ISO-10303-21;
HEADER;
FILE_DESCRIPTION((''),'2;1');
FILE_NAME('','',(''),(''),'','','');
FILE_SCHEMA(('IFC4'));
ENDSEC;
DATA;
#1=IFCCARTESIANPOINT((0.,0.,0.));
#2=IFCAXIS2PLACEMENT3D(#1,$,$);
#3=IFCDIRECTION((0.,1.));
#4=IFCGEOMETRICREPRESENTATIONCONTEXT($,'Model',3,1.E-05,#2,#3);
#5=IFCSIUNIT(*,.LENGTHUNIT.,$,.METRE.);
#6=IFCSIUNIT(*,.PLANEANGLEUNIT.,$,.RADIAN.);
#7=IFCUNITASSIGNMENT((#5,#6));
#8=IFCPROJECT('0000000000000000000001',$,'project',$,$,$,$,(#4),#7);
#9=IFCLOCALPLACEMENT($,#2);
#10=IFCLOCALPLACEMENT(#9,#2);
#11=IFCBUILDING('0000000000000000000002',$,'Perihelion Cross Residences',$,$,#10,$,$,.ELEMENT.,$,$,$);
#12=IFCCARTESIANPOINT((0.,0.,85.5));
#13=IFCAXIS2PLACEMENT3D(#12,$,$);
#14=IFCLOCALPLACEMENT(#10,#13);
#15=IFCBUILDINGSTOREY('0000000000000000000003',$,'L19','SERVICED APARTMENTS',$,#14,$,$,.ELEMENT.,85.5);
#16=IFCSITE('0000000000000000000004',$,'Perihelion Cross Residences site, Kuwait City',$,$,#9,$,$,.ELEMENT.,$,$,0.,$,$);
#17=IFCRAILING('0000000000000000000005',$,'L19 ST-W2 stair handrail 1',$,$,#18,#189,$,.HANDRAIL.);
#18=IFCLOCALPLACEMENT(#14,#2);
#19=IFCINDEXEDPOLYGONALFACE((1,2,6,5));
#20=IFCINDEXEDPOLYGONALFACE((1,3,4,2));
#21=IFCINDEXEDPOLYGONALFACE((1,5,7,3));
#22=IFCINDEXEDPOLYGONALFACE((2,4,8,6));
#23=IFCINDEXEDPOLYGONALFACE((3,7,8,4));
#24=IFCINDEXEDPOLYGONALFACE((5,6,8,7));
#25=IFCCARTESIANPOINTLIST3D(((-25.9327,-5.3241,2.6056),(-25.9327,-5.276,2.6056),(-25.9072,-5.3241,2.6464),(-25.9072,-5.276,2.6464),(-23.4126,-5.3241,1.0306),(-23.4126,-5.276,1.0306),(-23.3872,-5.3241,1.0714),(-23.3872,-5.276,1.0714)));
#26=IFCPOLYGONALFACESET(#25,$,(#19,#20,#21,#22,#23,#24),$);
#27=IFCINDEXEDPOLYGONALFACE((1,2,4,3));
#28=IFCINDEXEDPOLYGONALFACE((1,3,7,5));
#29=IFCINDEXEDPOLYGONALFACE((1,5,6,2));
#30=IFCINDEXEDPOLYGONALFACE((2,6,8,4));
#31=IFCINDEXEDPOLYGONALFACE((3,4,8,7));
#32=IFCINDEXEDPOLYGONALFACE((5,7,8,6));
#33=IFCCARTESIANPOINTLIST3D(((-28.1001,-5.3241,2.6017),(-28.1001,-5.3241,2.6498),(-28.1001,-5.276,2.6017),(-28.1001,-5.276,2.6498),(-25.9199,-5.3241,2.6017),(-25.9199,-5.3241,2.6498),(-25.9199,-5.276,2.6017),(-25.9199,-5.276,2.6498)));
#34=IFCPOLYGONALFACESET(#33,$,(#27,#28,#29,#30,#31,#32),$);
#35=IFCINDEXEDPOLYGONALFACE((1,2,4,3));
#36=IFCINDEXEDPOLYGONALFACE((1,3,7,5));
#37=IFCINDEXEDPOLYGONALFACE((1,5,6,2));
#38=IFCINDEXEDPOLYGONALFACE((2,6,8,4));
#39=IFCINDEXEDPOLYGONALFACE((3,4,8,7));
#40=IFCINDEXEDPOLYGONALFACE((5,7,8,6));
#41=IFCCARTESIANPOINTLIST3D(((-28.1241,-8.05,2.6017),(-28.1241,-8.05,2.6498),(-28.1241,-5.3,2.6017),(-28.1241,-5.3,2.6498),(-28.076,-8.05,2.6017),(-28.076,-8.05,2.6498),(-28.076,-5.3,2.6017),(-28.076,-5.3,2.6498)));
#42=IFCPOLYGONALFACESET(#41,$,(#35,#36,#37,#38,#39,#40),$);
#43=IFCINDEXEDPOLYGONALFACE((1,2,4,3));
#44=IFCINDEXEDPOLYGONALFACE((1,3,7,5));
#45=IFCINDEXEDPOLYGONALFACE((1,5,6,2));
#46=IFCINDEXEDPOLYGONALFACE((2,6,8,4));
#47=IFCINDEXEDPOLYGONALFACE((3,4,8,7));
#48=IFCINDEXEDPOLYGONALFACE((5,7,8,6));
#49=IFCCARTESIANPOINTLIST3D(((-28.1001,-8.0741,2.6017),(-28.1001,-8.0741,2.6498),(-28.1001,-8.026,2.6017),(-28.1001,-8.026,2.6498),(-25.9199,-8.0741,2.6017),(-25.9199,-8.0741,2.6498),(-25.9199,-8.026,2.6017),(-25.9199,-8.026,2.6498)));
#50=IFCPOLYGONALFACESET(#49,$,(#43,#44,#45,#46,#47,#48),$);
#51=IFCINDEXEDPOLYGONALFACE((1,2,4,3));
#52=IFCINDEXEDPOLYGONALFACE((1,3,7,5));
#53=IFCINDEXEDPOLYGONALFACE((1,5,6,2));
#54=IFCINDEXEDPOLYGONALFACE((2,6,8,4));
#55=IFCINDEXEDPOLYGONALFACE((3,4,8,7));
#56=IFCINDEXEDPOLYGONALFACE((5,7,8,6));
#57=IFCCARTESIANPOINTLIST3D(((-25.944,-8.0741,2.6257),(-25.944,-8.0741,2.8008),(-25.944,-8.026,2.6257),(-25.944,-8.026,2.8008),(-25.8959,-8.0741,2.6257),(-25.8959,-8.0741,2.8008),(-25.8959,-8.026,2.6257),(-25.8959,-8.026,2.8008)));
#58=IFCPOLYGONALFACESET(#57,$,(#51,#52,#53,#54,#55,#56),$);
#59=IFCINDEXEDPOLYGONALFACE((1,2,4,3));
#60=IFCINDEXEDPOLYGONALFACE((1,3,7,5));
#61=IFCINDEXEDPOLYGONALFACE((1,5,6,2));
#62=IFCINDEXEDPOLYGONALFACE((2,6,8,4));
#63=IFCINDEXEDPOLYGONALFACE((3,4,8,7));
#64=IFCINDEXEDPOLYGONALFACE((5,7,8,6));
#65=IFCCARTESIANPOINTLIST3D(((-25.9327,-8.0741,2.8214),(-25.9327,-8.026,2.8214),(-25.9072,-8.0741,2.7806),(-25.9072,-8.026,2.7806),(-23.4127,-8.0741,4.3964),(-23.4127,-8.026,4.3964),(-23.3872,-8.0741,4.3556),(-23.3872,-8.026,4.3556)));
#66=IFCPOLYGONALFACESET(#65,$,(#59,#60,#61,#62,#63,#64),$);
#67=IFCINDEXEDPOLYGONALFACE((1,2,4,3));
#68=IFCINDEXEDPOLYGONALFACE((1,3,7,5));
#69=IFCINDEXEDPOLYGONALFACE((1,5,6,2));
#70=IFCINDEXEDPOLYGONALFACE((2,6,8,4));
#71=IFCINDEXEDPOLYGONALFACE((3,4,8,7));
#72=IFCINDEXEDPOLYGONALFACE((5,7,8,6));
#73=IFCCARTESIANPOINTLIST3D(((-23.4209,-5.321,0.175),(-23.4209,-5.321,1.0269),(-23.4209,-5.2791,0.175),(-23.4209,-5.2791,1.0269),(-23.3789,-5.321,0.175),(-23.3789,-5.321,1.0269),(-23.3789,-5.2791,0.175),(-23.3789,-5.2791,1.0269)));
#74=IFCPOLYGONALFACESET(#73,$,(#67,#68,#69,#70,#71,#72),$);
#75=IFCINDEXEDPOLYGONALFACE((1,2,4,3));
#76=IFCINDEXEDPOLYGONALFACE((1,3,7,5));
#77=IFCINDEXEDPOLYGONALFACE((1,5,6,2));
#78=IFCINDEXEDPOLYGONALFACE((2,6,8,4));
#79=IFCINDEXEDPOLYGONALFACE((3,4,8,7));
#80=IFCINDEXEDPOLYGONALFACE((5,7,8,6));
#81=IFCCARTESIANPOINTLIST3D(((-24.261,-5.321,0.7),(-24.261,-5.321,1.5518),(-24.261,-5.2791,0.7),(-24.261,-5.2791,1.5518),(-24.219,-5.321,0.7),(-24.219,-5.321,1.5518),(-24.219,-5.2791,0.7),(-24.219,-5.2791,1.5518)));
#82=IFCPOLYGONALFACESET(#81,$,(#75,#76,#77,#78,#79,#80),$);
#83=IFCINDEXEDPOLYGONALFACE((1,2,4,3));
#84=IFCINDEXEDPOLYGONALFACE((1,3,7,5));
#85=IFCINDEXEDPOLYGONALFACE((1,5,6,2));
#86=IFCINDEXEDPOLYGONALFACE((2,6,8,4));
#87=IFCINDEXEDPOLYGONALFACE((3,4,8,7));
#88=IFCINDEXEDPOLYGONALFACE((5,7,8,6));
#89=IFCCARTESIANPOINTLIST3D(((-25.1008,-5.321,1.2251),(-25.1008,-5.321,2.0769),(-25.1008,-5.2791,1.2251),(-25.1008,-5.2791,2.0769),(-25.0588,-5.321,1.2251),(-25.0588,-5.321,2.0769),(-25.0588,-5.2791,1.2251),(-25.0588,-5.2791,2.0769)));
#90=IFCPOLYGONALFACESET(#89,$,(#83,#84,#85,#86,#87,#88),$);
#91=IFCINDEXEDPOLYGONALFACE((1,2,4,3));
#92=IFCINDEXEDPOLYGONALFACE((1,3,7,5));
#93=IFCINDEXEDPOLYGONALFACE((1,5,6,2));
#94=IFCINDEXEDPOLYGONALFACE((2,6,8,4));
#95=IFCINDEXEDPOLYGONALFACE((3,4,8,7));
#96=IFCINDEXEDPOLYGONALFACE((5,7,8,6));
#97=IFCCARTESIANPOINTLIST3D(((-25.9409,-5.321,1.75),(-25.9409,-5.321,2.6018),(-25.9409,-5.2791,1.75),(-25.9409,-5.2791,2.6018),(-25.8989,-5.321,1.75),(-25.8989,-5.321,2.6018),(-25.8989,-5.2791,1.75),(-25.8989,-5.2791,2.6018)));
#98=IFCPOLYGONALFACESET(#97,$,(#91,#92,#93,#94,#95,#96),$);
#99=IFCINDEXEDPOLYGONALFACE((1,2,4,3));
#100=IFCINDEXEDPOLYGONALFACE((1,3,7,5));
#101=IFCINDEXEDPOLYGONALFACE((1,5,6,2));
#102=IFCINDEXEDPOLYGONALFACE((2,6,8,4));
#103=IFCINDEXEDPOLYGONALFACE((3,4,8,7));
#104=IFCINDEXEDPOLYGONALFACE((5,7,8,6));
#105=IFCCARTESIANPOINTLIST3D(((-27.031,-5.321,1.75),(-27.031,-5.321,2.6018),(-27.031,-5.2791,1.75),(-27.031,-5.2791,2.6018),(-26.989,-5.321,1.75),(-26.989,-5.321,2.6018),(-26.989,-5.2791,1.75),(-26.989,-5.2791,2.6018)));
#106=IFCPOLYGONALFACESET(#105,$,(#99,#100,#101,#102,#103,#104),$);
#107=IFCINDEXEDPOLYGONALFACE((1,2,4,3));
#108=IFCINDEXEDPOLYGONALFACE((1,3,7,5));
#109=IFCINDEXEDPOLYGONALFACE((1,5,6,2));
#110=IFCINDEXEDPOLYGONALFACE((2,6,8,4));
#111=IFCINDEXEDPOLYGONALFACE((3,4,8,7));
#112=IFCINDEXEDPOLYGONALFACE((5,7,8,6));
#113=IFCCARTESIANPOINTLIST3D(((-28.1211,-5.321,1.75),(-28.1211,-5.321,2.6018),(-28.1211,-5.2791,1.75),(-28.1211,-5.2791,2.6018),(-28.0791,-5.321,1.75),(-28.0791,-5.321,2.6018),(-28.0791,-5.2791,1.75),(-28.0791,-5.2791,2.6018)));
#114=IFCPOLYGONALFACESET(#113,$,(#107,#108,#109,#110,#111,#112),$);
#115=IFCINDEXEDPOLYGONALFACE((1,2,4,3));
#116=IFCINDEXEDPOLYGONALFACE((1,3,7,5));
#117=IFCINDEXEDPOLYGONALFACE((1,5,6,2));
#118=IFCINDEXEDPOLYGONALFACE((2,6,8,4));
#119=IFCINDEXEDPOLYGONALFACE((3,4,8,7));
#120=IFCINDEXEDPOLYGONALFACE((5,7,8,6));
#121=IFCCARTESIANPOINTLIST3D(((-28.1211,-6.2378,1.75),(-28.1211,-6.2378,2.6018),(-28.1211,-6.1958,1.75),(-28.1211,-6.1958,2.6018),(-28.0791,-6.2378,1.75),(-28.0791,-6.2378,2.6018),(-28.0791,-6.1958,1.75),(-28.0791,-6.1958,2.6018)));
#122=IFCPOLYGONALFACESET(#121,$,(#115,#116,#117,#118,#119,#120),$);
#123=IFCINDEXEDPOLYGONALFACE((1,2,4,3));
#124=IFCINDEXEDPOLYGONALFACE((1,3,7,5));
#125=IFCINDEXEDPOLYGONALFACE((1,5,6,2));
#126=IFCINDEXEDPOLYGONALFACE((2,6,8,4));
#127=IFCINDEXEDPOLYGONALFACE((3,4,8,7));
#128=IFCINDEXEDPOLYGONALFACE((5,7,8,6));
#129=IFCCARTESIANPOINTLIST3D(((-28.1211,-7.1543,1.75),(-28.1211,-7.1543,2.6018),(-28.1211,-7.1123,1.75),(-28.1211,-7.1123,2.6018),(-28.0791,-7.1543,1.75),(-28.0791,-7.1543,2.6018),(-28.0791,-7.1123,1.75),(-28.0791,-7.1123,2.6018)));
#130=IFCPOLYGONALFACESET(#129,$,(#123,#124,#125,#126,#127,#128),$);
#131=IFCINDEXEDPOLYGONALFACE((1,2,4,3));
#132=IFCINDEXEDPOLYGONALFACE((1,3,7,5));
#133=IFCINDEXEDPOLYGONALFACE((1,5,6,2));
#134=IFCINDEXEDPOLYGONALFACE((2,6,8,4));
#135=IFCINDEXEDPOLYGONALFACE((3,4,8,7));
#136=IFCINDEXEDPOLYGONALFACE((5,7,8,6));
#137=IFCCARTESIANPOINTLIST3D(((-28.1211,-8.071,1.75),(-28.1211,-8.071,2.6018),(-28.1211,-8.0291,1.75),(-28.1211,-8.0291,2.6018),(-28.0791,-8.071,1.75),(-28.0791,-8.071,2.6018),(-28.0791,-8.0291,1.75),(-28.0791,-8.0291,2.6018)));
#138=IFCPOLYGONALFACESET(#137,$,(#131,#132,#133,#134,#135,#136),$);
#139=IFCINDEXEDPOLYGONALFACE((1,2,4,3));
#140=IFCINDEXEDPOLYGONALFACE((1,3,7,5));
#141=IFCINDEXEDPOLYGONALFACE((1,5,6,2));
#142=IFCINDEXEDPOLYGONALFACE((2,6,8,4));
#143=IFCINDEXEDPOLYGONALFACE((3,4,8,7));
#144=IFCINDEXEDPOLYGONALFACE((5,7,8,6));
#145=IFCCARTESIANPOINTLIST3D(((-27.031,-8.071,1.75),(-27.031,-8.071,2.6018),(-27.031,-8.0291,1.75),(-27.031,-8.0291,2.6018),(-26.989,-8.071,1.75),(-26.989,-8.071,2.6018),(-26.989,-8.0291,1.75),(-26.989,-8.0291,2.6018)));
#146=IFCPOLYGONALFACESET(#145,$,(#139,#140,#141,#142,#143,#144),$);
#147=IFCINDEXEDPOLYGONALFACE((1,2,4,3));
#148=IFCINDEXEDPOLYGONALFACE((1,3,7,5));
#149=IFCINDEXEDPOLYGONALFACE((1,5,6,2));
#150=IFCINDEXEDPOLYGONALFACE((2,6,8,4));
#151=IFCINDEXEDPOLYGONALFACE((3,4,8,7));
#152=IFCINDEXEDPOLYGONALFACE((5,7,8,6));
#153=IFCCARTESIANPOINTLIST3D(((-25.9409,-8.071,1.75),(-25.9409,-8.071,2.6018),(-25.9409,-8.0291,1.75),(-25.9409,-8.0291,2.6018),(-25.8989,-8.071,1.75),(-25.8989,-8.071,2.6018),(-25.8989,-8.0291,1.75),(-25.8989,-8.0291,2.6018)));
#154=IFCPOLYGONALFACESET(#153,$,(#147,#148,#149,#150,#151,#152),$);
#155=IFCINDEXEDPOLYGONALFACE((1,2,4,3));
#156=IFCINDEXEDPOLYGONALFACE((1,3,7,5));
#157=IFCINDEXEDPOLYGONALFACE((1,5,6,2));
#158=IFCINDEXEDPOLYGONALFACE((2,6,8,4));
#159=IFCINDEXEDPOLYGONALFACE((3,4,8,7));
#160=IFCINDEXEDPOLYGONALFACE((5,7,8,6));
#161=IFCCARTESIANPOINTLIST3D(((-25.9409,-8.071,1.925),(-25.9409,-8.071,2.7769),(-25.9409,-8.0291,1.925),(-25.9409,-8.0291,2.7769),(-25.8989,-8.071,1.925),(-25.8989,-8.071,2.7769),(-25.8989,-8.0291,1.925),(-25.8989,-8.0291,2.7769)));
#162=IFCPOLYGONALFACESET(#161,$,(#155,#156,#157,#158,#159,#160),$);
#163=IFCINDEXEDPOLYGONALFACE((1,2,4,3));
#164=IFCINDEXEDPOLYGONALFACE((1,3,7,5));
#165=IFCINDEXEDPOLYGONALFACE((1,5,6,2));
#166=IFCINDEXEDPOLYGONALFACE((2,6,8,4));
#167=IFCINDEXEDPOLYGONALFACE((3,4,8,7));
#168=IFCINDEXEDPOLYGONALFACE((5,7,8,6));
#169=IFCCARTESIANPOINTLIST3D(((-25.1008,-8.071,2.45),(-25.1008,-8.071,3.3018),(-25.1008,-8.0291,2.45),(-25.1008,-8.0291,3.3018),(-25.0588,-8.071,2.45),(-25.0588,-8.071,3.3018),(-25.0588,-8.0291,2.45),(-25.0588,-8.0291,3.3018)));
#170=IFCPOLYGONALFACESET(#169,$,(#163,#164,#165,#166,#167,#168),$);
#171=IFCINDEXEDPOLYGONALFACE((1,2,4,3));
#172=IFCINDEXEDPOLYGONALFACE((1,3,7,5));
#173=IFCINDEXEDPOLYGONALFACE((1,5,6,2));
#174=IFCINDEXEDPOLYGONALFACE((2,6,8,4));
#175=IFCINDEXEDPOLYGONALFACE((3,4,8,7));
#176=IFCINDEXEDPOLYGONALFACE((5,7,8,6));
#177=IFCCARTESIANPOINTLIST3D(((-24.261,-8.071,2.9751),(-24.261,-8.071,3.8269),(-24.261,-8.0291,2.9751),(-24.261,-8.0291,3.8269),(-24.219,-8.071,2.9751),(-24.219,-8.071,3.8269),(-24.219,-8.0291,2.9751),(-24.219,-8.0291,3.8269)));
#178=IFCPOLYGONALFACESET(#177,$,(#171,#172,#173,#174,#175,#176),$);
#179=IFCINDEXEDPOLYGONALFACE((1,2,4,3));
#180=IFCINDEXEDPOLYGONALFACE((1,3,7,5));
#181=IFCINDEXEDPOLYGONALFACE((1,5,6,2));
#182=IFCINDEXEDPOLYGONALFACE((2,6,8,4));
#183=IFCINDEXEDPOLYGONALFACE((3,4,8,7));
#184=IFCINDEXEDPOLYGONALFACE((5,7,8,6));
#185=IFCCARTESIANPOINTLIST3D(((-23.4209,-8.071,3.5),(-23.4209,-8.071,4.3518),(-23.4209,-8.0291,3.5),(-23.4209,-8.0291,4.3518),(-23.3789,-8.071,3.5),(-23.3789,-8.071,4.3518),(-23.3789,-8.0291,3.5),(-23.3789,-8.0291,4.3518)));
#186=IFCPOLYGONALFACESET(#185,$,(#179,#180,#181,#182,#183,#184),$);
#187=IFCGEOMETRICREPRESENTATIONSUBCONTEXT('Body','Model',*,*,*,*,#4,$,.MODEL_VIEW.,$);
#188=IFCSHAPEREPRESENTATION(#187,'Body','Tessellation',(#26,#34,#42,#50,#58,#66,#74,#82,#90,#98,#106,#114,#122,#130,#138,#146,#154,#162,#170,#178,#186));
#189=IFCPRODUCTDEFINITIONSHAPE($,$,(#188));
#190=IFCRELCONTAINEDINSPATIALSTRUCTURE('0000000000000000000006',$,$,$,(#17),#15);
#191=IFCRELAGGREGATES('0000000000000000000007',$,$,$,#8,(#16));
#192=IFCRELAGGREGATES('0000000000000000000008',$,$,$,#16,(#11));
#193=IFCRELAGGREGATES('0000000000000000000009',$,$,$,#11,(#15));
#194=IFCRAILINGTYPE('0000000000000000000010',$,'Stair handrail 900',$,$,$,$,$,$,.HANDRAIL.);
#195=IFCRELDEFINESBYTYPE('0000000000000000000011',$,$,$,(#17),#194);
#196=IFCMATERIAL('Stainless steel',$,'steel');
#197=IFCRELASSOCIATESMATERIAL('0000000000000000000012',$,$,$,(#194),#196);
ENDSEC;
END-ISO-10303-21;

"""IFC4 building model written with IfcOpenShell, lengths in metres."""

from ifc_helpers import new_model, si_unit, direction, frame, origin, origin_2d, place, context, subcontext, project, spatial, rectangle, extrude, material, type_object, element, save


model = new_model("IFC4")

# Units and contexts
model_context = context("Model", 3, precision=1e-05, world=origin(), true_north=direction((0.0, 1.0)))
body_context = subcontext(model_context, "Body", "Model", "MODEL_VIEW")
ifc_project = project(units=[si_unit("LENGTHUNIT", "METRE"), si_unit("PLANEANGLEUNIT", "RADIAN")], contexts=[model_context])

# Site, building, storey
site_placement = place(None, origin())
site = spatial("IfcSite", under=ifc_project, at=site_placement, Name="Perihelion Cross Residences site, Kuwait City", CompositionType="ELEMENT", RefElevation=0.0)
building_placement = place(site_placement, origin())
building = spatial("IfcBuilding", under=site, at=building_placement, Name="Perihelion Cross Residences", CompositionType="ELEMENT")
storey_placement = place(building_placement, frame((0.0, 0.0, 85.5)))
storey = spatial("IfcBuildingStorey", under=building, at=storey_placement, Name="L19", Description="SERVICED APARTMENTS", CompositionType="ELEMENT", Elevation=85.5)

# Railing
ifc_material_1 = material(Name="Stainless steel", Category="steel")
railing_type_1 = type_object("IfcRailingType", Name="Stair handrail 900", PredefinedType="HANDRAIL", material=ifc_material_1)
railing_1_placement = place(storey_placement, frame((-23.3999, -5.3, 0.175)))
element("IfcRailing", 1, at=railing_1_placement, inside=storey, type_object=railing_type_1, Name="L19 ST-W2 stair handrail 1", PredefinedType="HANDRAIL", context=body_context, shape_type="SweptSolid", body=[
    extrude(rectangle(XDim=0.0481, YDim=0.0481, at=origin_2d()), frame((0.0, 0.0, 0.876), z_axis=(-0.848008, 0.0, 0.529984), x_axis=(0.0, -1.0, 0.0)), (0.0, 0.0, 1.0), 2.9717),
    extrude(rectangle(XDim=0.0481, YDim=0.0481, at=origin_2d()), frame((-2.52, 0.0, 2.4507), z_axis=(-1.0, 0.0, 0.0), x_axis=(0.0, -1.0, 0.0)), (0.0, 0.0, 1.0), 2.1802),
    extrude(rectangle(XDim=0.0481, YDim=0.0481, at=origin_2d()), frame((-4.7002, 0.0, 2.4507), z_axis=(0.0, -1.0, 0.0), x_axis=(1.0, 0.0, 0.0)), (0.0, 0.0, 1.0), 2.75),
    extrude(rectangle(XDim=0.0481, YDim=0.0481, at=origin_2d()), frame((-4.7002, -2.75, 2.4507), z_axis=(1.0, 0.0, 0.0), x_axis=(0.0, 1.0, 0.0)), (0.0, 0.0, 1.0), 2.1802),
    extrude(rectangle(XDim=0.0481, YDim=0.0481, at=origin_2d()), frame((-2.52, -2.75, 2.4507), z_axis=(0.0, 0.0, 1.0), x_axis=(1.0, 0.0, 0.0)), (0.0, 0.0, 1.0), 0.175),
    extrude(rectangle(XDim=0.0481, YDim=0.0481, at=origin_2d()), frame((-2.52, -2.75, 2.626), z_axis=(0.848008, 0.0, 0.529984), x_axis=(0.0, 1.0, 0.0)), (0.0, 0.0, 1.0), 2.9717),
    extrude(rectangle(XDim=0.042, YDim=0.042, at=origin_2d()), origin(), (0.0, 0.0, 1.0), 0.8518),
    extrude(rectangle(XDim=0.042, YDim=0.042, at=origin_2d()), frame((-0.8401, 0.0, 0.5249)), (0.0, 0.0, 1.0), 0.8518),
    extrude(rectangle(XDim=0.042, YDim=0.042, at=origin_2d()), frame((-1.6799, 0.0, 1.05)), (0.0, 0.0, 1.0), 0.8518),
    extrude(rectangle(XDim=0.042, YDim=0.042, at=origin_2d()), frame((-2.52, 0.0, 1.575)), (0.0, 0.0, 1.0), 0.8518),
    extrude(rectangle(XDim=0.042, YDim=0.042, at=origin_2d()), frame((-3.6101, 0.0, 1.575)), (0.0, 0.0, 1.0), 0.8518),
    extrude(rectangle(XDim=0.042, YDim=0.042, at=origin_2d()), frame((-4.7002, 0.0, 1.575)), (0.0, 0.0, 1.0), 0.8518),
    extrude(rectangle(XDim=0.042, YDim=0.042, at=origin_2d()), frame((-4.7002, -0.9167, 1.575)), (0.0, 0.0, 1.0), 0.8518),
    extrude(rectangle(XDim=0.042, YDim=0.042, at=origin_2d()), frame((-4.7002, -1.8333, 1.575)), (0.0, 0.0, 1.0), 0.8518),
    extrude(rectangle(XDim=0.042, YDim=0.042, at=origin_2d()), frame((-4.7002, -2.75, 1.575)), (0.0, 0.0, 1.0), 0.8518),
    extrude(rectangle(XDim=0.042, YDim=0.042, at=origin_2d()), frame((-3.6101, -2.75, 1.575)), (0.0, 0.0, 1.0), 0.8518),
    extrude(rectangle(XDim=0.042, YDim=0.042, at=origin_2d()), frame((-2.52, -2.75, 1.575)), (0.0, 0.0, 1.0), 0.8518),
    extrude(rectangle(XDim=0.042, YDim=0.042, at=origin_2d()), frame((-2.52, -2.75, 1.75)), (0.0, 0.0, 1.0), 0.8518),
    extrude(rectangle(XDim=0.042, YDim=0.042, at=origin_2d()), frame((-1.6799, -2.75, 2.2749)), (0.0, 0.0, 1.0), 0.8518),
    extrude(rectangle(XDim=0.042, YDim=0.042, at=origin_2d()), frame((-0.8401, -2.75, 2.8)), (0.0, 0.0, 1.0), 0.8518),
    extrude(rectangle(XDim=0.042, YDim=0.042, at=origin_2d()), frame((0.0, -2.75, 3.325)), (0.0, 0.0, 1.0), 0.8518),
])

save(model, "model.ifc")
